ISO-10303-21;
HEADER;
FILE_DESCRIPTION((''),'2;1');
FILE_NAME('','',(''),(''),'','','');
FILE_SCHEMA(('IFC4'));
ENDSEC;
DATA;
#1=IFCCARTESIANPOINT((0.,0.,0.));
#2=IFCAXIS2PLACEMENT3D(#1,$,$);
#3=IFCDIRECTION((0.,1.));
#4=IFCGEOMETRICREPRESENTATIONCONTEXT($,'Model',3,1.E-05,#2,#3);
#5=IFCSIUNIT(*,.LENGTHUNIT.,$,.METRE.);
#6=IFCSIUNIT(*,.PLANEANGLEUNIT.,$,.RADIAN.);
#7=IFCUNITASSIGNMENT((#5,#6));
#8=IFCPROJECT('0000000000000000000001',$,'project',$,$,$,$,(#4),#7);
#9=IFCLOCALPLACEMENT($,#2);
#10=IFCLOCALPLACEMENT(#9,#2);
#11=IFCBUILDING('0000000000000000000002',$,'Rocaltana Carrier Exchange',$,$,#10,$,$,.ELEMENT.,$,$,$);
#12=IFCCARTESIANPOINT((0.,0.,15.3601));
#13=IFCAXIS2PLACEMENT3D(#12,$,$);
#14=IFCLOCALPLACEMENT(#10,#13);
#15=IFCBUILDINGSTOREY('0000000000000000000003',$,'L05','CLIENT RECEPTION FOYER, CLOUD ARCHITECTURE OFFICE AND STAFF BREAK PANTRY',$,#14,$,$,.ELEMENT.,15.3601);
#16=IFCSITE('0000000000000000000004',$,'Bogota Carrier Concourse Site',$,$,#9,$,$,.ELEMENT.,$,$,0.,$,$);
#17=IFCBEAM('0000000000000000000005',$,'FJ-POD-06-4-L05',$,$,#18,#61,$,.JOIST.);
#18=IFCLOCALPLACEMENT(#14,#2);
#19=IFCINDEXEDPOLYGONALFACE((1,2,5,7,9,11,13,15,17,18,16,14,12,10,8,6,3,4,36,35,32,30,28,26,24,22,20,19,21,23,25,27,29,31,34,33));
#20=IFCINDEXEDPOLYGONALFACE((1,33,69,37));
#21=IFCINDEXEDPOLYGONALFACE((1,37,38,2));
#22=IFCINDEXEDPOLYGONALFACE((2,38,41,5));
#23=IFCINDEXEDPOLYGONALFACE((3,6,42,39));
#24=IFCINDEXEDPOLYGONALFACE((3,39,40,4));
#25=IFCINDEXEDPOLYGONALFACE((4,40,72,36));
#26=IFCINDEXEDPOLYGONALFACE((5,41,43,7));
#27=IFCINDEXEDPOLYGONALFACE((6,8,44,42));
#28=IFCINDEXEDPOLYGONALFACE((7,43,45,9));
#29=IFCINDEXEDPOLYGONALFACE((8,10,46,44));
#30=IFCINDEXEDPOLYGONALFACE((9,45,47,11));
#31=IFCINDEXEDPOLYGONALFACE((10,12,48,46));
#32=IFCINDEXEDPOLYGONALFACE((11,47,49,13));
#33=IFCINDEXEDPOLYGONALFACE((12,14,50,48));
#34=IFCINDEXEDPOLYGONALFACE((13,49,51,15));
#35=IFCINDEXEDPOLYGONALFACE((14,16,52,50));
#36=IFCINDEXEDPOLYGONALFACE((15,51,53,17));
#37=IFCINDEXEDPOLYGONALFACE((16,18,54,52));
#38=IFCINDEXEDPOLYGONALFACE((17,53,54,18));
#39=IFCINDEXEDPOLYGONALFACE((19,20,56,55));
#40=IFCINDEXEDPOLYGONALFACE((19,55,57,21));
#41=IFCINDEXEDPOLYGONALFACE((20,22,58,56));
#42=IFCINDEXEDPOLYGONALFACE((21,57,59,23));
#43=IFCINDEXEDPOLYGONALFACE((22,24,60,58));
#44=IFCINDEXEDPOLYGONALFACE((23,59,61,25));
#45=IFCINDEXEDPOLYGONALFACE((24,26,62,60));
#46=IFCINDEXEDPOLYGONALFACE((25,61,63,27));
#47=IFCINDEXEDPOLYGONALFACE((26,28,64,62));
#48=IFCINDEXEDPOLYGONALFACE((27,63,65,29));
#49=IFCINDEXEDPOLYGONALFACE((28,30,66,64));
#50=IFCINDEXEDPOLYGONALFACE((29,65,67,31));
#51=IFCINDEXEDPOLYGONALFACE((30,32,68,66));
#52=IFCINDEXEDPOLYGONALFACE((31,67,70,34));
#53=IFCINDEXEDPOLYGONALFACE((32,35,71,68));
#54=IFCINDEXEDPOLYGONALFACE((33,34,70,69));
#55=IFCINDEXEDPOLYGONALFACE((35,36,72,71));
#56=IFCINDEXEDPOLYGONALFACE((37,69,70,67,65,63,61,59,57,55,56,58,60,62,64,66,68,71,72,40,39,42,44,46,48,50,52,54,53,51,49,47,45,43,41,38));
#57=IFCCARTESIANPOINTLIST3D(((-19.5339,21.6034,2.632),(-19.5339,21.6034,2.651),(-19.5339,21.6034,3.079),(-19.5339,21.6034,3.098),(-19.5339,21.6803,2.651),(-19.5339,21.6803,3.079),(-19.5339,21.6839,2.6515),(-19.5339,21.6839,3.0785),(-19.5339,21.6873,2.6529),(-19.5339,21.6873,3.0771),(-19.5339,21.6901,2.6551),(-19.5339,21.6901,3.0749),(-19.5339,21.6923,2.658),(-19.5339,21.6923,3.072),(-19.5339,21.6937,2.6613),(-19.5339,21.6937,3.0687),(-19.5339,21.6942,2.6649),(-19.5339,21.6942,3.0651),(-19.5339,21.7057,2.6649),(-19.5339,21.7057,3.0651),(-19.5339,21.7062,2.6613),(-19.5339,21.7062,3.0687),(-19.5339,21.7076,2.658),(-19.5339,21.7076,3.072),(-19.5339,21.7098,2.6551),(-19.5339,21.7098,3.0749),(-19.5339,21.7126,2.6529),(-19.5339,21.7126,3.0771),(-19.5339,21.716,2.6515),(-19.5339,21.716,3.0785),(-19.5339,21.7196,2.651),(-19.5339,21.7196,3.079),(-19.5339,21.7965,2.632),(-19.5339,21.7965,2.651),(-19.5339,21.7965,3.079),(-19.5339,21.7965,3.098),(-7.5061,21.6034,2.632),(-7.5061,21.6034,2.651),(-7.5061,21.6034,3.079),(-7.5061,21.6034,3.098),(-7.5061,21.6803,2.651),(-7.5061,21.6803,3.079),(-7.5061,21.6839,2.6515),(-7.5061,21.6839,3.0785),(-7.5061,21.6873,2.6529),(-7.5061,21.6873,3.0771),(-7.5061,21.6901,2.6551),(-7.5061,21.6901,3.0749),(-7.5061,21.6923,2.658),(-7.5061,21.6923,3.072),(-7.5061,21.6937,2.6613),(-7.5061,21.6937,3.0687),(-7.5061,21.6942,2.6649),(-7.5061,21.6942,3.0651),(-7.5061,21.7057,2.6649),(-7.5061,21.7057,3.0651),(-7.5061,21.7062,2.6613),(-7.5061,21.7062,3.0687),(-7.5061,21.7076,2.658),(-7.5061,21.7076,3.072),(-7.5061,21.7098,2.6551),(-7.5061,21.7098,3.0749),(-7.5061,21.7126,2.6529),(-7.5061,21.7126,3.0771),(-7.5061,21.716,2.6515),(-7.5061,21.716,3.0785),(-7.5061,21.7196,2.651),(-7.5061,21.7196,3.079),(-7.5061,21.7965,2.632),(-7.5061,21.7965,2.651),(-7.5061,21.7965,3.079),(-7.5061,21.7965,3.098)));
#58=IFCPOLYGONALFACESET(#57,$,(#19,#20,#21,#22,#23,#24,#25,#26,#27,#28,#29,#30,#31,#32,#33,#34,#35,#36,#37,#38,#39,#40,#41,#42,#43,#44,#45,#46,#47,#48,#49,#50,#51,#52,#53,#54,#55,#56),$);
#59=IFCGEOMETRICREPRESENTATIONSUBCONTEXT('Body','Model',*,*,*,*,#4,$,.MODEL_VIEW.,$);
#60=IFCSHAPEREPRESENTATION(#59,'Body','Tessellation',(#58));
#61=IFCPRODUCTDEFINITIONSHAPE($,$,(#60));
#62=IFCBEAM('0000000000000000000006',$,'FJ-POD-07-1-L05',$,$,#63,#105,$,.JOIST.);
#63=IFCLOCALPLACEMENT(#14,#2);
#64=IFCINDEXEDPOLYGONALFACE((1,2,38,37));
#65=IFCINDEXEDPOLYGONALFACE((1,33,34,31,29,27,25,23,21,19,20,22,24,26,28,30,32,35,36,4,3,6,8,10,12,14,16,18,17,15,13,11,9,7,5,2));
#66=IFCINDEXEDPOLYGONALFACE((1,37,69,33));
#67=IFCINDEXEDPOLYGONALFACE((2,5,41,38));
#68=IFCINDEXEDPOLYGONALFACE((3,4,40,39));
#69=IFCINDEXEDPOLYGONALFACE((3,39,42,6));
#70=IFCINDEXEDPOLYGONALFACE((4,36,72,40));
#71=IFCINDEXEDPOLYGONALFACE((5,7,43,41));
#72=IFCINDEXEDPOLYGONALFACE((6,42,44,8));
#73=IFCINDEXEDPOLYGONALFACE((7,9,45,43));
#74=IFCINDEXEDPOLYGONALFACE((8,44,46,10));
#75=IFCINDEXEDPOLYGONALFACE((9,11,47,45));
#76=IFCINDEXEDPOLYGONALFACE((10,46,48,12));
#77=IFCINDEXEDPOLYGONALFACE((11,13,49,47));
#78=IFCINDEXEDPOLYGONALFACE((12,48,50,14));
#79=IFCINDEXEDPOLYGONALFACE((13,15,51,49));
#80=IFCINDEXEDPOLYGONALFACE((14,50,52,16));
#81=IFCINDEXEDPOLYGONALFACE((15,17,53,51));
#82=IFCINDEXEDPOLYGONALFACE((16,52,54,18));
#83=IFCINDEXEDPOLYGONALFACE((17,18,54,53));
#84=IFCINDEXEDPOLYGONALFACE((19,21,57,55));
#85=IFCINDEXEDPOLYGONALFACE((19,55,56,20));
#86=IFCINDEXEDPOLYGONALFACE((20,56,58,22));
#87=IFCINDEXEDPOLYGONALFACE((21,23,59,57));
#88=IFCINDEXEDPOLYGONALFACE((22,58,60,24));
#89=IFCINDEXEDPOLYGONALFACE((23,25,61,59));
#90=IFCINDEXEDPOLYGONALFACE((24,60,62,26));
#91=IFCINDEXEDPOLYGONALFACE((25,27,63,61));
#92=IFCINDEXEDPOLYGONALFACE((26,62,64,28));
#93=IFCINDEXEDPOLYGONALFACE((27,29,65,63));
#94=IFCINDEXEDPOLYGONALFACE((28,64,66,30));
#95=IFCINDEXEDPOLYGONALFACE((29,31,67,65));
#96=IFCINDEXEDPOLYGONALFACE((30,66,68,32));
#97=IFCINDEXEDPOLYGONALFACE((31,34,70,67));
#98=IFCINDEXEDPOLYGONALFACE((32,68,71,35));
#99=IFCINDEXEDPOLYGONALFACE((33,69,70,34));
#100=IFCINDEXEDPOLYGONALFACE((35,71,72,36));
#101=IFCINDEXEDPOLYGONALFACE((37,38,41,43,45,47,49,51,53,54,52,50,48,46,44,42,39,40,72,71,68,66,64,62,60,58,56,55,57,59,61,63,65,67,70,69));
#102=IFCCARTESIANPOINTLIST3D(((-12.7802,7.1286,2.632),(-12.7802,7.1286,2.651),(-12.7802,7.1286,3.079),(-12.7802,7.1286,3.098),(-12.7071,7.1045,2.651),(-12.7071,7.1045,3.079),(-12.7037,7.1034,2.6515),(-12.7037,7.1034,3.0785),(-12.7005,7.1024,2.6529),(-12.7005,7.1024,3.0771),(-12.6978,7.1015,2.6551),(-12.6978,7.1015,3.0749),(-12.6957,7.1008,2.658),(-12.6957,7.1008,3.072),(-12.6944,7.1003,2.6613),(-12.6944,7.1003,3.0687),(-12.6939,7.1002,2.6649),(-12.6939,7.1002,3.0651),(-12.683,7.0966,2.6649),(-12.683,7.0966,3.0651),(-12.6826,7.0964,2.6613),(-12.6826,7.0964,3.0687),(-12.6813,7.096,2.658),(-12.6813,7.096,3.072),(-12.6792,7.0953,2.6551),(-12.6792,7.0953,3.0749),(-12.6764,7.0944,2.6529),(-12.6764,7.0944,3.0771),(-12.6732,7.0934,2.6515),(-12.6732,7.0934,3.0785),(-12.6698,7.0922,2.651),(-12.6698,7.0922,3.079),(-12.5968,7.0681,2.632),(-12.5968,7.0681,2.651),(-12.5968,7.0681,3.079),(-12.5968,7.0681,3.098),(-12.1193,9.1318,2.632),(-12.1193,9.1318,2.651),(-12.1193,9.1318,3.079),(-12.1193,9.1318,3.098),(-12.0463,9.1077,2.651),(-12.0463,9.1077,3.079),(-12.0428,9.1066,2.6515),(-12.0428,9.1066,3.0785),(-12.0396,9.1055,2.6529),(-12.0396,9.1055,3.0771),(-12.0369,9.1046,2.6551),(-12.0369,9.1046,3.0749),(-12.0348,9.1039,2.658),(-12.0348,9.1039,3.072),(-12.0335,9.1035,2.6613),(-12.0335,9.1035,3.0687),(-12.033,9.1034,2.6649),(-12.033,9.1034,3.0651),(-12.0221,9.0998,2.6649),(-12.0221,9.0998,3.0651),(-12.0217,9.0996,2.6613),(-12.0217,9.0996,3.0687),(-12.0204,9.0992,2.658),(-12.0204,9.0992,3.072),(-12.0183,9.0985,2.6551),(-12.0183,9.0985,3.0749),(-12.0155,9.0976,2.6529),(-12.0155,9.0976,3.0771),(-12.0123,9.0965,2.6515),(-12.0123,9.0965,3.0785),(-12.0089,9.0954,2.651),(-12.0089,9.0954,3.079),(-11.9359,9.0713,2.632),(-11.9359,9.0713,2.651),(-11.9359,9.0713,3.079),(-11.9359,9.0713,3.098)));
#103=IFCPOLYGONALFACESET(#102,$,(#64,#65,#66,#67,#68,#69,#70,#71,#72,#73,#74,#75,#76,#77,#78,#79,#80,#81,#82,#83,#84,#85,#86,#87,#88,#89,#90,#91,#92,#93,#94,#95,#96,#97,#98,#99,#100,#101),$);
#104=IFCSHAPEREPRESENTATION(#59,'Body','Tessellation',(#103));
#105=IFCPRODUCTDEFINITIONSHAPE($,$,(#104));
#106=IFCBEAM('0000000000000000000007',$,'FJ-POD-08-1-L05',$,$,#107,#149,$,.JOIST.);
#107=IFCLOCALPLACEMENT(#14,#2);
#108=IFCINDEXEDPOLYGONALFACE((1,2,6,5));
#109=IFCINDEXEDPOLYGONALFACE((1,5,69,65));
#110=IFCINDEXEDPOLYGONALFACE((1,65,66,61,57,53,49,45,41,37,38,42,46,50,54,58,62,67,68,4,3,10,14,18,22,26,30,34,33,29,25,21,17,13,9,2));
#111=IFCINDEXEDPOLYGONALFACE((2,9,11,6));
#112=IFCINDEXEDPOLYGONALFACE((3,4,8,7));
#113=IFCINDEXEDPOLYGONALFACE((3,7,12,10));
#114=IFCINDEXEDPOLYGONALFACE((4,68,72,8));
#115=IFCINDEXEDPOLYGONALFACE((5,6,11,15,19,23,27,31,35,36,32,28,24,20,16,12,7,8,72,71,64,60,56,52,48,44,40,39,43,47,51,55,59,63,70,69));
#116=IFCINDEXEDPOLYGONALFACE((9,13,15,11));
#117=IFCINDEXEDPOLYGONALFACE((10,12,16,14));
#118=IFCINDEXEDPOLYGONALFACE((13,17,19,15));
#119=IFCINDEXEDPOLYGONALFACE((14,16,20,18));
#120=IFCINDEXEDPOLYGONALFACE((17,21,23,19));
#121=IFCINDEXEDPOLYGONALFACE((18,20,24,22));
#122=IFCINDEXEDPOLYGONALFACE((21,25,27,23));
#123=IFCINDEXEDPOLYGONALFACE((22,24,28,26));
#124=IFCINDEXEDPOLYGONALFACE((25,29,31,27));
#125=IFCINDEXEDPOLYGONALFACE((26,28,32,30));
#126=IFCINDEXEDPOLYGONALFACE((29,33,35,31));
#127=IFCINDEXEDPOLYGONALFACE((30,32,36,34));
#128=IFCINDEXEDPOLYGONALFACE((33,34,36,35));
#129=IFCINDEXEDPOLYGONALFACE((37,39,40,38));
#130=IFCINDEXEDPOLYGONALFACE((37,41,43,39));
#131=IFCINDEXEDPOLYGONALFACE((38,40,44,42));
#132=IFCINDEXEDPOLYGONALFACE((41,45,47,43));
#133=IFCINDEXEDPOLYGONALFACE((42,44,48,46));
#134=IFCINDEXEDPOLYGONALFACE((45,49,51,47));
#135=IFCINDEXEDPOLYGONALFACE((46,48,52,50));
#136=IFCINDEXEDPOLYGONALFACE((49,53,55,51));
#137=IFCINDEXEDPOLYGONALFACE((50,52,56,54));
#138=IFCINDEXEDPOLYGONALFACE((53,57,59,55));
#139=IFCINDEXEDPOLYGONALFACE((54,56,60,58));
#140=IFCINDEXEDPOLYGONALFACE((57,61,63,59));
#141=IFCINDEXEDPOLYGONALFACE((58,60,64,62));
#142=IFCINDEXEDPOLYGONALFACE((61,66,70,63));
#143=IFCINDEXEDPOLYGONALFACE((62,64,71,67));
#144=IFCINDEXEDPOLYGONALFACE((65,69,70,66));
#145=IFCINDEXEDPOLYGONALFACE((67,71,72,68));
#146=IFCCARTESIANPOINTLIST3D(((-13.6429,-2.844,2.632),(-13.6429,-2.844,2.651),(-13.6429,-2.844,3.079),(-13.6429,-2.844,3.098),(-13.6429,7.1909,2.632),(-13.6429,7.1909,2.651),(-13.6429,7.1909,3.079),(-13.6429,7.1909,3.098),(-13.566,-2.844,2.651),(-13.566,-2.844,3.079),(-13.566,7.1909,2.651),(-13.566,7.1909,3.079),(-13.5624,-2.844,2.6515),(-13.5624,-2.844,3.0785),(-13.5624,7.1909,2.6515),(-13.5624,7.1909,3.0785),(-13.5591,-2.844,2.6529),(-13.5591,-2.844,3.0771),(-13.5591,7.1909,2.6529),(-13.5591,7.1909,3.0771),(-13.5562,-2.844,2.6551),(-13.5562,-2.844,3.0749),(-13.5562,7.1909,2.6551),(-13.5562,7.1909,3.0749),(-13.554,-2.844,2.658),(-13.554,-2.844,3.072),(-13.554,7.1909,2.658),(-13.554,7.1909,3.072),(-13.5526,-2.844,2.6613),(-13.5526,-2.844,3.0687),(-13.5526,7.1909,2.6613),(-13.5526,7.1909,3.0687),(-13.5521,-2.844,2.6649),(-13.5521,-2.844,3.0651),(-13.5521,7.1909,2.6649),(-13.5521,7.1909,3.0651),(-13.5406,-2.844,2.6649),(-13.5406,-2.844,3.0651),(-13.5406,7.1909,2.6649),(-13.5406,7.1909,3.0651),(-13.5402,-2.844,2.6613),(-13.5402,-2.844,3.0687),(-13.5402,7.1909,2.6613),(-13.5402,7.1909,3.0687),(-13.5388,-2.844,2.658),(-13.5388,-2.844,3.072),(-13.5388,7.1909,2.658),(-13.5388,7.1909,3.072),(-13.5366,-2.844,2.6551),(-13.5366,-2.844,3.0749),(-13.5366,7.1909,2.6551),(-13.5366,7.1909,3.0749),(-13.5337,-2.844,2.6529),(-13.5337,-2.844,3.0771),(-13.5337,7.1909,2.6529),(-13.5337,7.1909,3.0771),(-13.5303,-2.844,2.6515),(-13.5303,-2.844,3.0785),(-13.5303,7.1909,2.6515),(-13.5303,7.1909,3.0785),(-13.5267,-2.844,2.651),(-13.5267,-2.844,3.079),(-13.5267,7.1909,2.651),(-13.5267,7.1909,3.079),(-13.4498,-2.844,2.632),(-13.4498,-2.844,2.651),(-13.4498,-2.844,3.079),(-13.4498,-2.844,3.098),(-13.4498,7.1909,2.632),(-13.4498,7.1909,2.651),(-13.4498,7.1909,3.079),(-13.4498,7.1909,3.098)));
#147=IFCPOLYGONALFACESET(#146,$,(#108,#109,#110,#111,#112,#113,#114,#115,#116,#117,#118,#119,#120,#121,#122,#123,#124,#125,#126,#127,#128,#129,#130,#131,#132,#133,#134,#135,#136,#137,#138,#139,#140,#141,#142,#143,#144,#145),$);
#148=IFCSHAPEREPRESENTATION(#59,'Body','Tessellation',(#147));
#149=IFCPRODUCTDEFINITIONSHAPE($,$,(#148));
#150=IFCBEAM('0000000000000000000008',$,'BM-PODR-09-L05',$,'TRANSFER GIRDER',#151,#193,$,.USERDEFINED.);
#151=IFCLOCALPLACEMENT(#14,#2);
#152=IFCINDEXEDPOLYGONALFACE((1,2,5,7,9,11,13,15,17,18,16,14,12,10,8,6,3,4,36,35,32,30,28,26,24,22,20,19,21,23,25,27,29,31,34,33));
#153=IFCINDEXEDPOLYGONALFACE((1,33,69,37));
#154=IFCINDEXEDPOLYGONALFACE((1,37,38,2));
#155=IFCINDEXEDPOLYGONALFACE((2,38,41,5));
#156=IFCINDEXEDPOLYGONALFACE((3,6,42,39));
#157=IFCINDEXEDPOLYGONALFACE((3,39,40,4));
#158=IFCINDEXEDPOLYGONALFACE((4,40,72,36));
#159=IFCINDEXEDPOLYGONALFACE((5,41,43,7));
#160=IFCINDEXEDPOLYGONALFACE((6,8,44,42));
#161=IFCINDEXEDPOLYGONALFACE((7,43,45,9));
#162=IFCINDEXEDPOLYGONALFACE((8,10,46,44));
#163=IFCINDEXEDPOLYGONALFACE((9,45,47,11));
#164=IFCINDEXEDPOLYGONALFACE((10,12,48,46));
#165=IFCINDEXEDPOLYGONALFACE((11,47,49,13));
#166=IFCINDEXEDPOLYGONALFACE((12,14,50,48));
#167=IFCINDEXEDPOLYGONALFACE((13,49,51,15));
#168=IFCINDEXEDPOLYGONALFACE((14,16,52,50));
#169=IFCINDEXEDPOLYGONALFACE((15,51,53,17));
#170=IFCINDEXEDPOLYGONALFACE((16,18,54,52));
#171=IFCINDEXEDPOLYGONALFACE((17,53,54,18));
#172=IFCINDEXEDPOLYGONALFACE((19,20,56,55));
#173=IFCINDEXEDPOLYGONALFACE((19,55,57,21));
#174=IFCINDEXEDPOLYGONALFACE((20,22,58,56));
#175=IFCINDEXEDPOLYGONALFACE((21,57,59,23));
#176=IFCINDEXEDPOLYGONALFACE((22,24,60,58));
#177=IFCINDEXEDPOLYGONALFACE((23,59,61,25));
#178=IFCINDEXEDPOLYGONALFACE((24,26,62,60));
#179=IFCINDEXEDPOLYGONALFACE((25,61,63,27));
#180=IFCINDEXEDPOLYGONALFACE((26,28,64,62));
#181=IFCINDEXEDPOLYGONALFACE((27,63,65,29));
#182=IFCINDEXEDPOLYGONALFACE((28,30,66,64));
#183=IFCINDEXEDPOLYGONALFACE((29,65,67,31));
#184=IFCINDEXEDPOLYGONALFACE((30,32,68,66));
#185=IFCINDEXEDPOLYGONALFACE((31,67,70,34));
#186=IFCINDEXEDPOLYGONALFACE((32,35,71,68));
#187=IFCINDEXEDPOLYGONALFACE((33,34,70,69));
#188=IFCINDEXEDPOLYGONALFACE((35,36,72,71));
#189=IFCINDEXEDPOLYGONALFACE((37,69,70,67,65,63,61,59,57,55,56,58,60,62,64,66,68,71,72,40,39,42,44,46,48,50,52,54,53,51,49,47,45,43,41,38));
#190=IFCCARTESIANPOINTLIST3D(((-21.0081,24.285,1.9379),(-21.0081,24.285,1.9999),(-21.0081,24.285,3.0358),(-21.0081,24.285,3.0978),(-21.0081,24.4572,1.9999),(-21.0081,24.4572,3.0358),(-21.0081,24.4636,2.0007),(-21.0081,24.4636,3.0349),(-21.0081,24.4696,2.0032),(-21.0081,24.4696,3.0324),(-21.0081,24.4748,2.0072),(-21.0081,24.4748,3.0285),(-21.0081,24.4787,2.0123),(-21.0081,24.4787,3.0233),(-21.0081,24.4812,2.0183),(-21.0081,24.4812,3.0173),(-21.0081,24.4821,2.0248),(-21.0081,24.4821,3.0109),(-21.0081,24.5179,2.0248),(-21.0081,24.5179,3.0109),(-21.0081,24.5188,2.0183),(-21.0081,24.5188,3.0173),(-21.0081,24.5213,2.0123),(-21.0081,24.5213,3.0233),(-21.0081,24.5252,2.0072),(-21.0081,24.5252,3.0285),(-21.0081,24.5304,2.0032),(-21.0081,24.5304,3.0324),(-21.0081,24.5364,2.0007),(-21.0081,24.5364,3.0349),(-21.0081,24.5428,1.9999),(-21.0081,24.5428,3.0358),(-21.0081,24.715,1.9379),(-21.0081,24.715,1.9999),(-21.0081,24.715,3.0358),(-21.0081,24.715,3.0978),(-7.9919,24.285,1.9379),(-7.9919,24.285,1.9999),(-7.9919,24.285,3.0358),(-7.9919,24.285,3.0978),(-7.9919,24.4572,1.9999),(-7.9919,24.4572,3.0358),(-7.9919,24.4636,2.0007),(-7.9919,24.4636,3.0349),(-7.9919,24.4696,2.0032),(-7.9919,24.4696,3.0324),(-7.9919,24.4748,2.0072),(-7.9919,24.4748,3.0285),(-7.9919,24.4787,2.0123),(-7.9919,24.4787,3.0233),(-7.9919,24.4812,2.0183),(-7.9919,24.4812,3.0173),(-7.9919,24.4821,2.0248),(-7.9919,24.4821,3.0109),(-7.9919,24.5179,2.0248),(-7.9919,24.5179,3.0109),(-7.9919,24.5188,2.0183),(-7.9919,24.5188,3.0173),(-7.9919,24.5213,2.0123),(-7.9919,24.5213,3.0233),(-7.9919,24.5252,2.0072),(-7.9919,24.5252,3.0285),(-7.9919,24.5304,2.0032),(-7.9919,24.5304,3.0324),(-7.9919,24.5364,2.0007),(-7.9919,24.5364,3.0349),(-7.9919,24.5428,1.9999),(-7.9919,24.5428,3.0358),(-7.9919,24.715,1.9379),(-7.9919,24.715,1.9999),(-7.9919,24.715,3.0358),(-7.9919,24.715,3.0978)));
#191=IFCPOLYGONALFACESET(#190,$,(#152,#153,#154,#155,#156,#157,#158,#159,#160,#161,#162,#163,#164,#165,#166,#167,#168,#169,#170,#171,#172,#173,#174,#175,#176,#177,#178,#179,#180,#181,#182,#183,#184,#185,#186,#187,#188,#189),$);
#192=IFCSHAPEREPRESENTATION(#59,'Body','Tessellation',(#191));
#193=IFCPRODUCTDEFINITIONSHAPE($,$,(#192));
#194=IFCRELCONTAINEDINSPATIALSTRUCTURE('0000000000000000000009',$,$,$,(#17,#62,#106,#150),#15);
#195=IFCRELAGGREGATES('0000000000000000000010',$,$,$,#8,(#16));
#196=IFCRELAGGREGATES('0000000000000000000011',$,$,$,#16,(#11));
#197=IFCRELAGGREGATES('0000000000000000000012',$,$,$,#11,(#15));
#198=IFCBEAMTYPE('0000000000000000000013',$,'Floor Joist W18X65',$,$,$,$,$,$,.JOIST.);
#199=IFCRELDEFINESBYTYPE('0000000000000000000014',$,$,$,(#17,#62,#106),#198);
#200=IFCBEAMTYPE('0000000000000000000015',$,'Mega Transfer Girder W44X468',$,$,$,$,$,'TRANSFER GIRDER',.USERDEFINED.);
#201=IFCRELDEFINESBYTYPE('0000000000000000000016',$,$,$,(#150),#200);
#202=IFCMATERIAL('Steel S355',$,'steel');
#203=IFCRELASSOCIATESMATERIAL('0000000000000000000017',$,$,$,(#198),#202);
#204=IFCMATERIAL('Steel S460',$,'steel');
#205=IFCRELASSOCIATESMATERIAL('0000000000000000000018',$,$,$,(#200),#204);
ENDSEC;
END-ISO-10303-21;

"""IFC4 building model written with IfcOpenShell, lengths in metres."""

from ifc_helpers import new_model, si_unit, direction, frame, origin, origin_2d, place, context, subcontext, project, spatial, i_section, extrude, material, material_profile, profile_set, type_object, element, save


model = new_model("IFC4")

# Units and contexts
model_context = context("Model", 3, precision=1e-05, world=origin(), true_north=direction((0.0, 1.0)))
body_context = subcontext(model_context, "Body", "Model", "MODEL_VIEW")
ifc_project = project(units=[si_unit("LENGTHUNIT", "METRE"), si_unit("PLANEANGLEUNIT", "RADIAN")], contexts=[model_context])

# Site, building, storey
site_placement = place(None, origin())
site = spatial("IfcSite", under=ifc_project, at=site_placement, Name="Bogota Carrier Concourse Site", CompositionType="ELEMENT", RefElevation=0.0)
building_placement = place(site_placement, origin())
building = spatial("IfcBuilding", under=site, at=building_placement, Name="Rocaltana Carrier Exchange", CompositionType="ELEMENT")
storey_placement = place(building_placement, frame((0.0, 0.0, 15.3601)))
storey = spatial("IfcBuildingStorey", under=building, at=storey_placement, Name="L05", Description="CLIENT RECEPTION FOYER, CLOUD ARCHITECTURE OFFICE AND STAFF BREAK PANTRY", CompositionType="ELEMENT", Elevation=15.3601)

# Beams
ifc_material_1 = material(Name="Steel S355", Category="steel")
ifc_material_profile_1 = material_profile(ifc_material_1, i_section(OverallWidth=0.1931, OverallDepth=0.4661, WebThickness=0.0115, FlangeThickness=0.019, FilletRadius=0.0139, at=origin_2d()), Name="W18X65")
ifc_profile_set_1 = profile_set([ifc_material_profile_1], Name="Steel S355")
beam_type_1 = type_object("IfcBeamType", Name="Floor Joist W18X65", PredefinedType="JOIST", material=ifc_profile_set_1)
beam_1_placement = place(storey_placement, frame((-7.5061, 21.7, 2.865), z_axis=(-1.0, 0.0, 0.0), x_axis=(0.0, -1.0, 0.0)))
element("IfcBeam", 1, at=beam_1_placement, inside=storey, type_object=beam_type_1, Name="FJ-POD-06-4-L05", PredefinedType="JOIST", context=body_context, shape_type="SweptSolid", body=[
    extrude(i_section(OverallWidth=0.1931, OverallDepth=0.4661, WebThickness=0.0115, FlangeThickness=0.019, FilletRadius=0.0139, at=origin_2d()), origin(), (0.0, 0.0, 1.0), 12.0278),
])
beam_2_placement = place(storey_placement, frame((-12.0276, 9.1016, 2.865), z_axis=(-0.31331, -0.949651, 0.0), x_axis=(0.949651, -0.31331, 0.0)))
element("IfcBeam", 2, at=beam_2_placement, inside=storey, type_object=beam_type_1, Name="FJ-POD-07-1-L05", PredefinedType="JOIST", context=body_context, shape_type="SweptSolid", body=[
    extrude(i_section(OverallWidth=0.1931, OverallDepth=0.4661, WebThickness=0.0115, FlangeThickness=0.019, FilletRadius=0.0139, at=origin_2d()), origin(), (0.0, 0.0, 1.0), 2.1094),
])
beam_3_placement = place(storey_placement, frame((-13.5464, 7.1909, 2.865), z_axis=(0.0, -1.0, 0.0), x_axis=(1.0, 0.0, 0.0)))
element("IfcBeam", 3, at=beam_3_placement, inside=storey, type_object=beam_type_1, Name="FJ-POD-08-1-L05", PredefinedType="JOIST", context=body_context, shape_type="SweptSolid", body=[
    extrude(i_section(OverallWidth=0.1931, OverallDepth=0.4661, WebThickness=0.0115, FlangeThickness=0.019, FilletRadius=0.0139, at=origin_2d()), origin(), (0.0, 0.0, 1.0), 10.0349),
])
ifc_material_2 = material(Name="Steel S460", Category="steel")
ifc_material_profile_2 = material_profile(ifc_material_2, i_section(OverallWidth=0.4299, OverallDepth=1.1599, WebThickness=0.0359, FlangeThickness=0.062, FilletRadius=0.0249, at=origin_2d()), Name="W44X468")
ifc_profile_set_2 = profile_set([ifc_material_profile_2], Name="Steel S460")
beam_type_2 = type_object("IfcBeamType", Name="Mega Transfer Girder W44X468", ElementType="TRANSFER GIRDER", PredefinedType="USERDEFINED", material=ifc_profile_set_2)
beam_4_placement = place(storey_placement, frame((-7.9919, 24.5, 2.5178), z_axis=(-1.0, 0.0, 0.0), x_axis=(0.0, -1.0, 0.0)))
element("IfcBeam", 4, at=beam_4_placement, inside=storey, type_object=beam_type_2, Name="BM-PODR-09-L05", ObjectType="TRANSFER GIRDER", PredefinedType="USERDEFINED", context=body_context, shape_type="SweptSolid", body=[
    extrude(i_section(OverallWidth=0.4299, OverallDepth=1.1599, WebThickness=0.0359, FlangeThickness=0.062, FilletRadius=0.0249, at=origin_2d()), origin(), (0.0, 0.0, 1.0), 13.0161),
])

save(model, "model.ifc")
